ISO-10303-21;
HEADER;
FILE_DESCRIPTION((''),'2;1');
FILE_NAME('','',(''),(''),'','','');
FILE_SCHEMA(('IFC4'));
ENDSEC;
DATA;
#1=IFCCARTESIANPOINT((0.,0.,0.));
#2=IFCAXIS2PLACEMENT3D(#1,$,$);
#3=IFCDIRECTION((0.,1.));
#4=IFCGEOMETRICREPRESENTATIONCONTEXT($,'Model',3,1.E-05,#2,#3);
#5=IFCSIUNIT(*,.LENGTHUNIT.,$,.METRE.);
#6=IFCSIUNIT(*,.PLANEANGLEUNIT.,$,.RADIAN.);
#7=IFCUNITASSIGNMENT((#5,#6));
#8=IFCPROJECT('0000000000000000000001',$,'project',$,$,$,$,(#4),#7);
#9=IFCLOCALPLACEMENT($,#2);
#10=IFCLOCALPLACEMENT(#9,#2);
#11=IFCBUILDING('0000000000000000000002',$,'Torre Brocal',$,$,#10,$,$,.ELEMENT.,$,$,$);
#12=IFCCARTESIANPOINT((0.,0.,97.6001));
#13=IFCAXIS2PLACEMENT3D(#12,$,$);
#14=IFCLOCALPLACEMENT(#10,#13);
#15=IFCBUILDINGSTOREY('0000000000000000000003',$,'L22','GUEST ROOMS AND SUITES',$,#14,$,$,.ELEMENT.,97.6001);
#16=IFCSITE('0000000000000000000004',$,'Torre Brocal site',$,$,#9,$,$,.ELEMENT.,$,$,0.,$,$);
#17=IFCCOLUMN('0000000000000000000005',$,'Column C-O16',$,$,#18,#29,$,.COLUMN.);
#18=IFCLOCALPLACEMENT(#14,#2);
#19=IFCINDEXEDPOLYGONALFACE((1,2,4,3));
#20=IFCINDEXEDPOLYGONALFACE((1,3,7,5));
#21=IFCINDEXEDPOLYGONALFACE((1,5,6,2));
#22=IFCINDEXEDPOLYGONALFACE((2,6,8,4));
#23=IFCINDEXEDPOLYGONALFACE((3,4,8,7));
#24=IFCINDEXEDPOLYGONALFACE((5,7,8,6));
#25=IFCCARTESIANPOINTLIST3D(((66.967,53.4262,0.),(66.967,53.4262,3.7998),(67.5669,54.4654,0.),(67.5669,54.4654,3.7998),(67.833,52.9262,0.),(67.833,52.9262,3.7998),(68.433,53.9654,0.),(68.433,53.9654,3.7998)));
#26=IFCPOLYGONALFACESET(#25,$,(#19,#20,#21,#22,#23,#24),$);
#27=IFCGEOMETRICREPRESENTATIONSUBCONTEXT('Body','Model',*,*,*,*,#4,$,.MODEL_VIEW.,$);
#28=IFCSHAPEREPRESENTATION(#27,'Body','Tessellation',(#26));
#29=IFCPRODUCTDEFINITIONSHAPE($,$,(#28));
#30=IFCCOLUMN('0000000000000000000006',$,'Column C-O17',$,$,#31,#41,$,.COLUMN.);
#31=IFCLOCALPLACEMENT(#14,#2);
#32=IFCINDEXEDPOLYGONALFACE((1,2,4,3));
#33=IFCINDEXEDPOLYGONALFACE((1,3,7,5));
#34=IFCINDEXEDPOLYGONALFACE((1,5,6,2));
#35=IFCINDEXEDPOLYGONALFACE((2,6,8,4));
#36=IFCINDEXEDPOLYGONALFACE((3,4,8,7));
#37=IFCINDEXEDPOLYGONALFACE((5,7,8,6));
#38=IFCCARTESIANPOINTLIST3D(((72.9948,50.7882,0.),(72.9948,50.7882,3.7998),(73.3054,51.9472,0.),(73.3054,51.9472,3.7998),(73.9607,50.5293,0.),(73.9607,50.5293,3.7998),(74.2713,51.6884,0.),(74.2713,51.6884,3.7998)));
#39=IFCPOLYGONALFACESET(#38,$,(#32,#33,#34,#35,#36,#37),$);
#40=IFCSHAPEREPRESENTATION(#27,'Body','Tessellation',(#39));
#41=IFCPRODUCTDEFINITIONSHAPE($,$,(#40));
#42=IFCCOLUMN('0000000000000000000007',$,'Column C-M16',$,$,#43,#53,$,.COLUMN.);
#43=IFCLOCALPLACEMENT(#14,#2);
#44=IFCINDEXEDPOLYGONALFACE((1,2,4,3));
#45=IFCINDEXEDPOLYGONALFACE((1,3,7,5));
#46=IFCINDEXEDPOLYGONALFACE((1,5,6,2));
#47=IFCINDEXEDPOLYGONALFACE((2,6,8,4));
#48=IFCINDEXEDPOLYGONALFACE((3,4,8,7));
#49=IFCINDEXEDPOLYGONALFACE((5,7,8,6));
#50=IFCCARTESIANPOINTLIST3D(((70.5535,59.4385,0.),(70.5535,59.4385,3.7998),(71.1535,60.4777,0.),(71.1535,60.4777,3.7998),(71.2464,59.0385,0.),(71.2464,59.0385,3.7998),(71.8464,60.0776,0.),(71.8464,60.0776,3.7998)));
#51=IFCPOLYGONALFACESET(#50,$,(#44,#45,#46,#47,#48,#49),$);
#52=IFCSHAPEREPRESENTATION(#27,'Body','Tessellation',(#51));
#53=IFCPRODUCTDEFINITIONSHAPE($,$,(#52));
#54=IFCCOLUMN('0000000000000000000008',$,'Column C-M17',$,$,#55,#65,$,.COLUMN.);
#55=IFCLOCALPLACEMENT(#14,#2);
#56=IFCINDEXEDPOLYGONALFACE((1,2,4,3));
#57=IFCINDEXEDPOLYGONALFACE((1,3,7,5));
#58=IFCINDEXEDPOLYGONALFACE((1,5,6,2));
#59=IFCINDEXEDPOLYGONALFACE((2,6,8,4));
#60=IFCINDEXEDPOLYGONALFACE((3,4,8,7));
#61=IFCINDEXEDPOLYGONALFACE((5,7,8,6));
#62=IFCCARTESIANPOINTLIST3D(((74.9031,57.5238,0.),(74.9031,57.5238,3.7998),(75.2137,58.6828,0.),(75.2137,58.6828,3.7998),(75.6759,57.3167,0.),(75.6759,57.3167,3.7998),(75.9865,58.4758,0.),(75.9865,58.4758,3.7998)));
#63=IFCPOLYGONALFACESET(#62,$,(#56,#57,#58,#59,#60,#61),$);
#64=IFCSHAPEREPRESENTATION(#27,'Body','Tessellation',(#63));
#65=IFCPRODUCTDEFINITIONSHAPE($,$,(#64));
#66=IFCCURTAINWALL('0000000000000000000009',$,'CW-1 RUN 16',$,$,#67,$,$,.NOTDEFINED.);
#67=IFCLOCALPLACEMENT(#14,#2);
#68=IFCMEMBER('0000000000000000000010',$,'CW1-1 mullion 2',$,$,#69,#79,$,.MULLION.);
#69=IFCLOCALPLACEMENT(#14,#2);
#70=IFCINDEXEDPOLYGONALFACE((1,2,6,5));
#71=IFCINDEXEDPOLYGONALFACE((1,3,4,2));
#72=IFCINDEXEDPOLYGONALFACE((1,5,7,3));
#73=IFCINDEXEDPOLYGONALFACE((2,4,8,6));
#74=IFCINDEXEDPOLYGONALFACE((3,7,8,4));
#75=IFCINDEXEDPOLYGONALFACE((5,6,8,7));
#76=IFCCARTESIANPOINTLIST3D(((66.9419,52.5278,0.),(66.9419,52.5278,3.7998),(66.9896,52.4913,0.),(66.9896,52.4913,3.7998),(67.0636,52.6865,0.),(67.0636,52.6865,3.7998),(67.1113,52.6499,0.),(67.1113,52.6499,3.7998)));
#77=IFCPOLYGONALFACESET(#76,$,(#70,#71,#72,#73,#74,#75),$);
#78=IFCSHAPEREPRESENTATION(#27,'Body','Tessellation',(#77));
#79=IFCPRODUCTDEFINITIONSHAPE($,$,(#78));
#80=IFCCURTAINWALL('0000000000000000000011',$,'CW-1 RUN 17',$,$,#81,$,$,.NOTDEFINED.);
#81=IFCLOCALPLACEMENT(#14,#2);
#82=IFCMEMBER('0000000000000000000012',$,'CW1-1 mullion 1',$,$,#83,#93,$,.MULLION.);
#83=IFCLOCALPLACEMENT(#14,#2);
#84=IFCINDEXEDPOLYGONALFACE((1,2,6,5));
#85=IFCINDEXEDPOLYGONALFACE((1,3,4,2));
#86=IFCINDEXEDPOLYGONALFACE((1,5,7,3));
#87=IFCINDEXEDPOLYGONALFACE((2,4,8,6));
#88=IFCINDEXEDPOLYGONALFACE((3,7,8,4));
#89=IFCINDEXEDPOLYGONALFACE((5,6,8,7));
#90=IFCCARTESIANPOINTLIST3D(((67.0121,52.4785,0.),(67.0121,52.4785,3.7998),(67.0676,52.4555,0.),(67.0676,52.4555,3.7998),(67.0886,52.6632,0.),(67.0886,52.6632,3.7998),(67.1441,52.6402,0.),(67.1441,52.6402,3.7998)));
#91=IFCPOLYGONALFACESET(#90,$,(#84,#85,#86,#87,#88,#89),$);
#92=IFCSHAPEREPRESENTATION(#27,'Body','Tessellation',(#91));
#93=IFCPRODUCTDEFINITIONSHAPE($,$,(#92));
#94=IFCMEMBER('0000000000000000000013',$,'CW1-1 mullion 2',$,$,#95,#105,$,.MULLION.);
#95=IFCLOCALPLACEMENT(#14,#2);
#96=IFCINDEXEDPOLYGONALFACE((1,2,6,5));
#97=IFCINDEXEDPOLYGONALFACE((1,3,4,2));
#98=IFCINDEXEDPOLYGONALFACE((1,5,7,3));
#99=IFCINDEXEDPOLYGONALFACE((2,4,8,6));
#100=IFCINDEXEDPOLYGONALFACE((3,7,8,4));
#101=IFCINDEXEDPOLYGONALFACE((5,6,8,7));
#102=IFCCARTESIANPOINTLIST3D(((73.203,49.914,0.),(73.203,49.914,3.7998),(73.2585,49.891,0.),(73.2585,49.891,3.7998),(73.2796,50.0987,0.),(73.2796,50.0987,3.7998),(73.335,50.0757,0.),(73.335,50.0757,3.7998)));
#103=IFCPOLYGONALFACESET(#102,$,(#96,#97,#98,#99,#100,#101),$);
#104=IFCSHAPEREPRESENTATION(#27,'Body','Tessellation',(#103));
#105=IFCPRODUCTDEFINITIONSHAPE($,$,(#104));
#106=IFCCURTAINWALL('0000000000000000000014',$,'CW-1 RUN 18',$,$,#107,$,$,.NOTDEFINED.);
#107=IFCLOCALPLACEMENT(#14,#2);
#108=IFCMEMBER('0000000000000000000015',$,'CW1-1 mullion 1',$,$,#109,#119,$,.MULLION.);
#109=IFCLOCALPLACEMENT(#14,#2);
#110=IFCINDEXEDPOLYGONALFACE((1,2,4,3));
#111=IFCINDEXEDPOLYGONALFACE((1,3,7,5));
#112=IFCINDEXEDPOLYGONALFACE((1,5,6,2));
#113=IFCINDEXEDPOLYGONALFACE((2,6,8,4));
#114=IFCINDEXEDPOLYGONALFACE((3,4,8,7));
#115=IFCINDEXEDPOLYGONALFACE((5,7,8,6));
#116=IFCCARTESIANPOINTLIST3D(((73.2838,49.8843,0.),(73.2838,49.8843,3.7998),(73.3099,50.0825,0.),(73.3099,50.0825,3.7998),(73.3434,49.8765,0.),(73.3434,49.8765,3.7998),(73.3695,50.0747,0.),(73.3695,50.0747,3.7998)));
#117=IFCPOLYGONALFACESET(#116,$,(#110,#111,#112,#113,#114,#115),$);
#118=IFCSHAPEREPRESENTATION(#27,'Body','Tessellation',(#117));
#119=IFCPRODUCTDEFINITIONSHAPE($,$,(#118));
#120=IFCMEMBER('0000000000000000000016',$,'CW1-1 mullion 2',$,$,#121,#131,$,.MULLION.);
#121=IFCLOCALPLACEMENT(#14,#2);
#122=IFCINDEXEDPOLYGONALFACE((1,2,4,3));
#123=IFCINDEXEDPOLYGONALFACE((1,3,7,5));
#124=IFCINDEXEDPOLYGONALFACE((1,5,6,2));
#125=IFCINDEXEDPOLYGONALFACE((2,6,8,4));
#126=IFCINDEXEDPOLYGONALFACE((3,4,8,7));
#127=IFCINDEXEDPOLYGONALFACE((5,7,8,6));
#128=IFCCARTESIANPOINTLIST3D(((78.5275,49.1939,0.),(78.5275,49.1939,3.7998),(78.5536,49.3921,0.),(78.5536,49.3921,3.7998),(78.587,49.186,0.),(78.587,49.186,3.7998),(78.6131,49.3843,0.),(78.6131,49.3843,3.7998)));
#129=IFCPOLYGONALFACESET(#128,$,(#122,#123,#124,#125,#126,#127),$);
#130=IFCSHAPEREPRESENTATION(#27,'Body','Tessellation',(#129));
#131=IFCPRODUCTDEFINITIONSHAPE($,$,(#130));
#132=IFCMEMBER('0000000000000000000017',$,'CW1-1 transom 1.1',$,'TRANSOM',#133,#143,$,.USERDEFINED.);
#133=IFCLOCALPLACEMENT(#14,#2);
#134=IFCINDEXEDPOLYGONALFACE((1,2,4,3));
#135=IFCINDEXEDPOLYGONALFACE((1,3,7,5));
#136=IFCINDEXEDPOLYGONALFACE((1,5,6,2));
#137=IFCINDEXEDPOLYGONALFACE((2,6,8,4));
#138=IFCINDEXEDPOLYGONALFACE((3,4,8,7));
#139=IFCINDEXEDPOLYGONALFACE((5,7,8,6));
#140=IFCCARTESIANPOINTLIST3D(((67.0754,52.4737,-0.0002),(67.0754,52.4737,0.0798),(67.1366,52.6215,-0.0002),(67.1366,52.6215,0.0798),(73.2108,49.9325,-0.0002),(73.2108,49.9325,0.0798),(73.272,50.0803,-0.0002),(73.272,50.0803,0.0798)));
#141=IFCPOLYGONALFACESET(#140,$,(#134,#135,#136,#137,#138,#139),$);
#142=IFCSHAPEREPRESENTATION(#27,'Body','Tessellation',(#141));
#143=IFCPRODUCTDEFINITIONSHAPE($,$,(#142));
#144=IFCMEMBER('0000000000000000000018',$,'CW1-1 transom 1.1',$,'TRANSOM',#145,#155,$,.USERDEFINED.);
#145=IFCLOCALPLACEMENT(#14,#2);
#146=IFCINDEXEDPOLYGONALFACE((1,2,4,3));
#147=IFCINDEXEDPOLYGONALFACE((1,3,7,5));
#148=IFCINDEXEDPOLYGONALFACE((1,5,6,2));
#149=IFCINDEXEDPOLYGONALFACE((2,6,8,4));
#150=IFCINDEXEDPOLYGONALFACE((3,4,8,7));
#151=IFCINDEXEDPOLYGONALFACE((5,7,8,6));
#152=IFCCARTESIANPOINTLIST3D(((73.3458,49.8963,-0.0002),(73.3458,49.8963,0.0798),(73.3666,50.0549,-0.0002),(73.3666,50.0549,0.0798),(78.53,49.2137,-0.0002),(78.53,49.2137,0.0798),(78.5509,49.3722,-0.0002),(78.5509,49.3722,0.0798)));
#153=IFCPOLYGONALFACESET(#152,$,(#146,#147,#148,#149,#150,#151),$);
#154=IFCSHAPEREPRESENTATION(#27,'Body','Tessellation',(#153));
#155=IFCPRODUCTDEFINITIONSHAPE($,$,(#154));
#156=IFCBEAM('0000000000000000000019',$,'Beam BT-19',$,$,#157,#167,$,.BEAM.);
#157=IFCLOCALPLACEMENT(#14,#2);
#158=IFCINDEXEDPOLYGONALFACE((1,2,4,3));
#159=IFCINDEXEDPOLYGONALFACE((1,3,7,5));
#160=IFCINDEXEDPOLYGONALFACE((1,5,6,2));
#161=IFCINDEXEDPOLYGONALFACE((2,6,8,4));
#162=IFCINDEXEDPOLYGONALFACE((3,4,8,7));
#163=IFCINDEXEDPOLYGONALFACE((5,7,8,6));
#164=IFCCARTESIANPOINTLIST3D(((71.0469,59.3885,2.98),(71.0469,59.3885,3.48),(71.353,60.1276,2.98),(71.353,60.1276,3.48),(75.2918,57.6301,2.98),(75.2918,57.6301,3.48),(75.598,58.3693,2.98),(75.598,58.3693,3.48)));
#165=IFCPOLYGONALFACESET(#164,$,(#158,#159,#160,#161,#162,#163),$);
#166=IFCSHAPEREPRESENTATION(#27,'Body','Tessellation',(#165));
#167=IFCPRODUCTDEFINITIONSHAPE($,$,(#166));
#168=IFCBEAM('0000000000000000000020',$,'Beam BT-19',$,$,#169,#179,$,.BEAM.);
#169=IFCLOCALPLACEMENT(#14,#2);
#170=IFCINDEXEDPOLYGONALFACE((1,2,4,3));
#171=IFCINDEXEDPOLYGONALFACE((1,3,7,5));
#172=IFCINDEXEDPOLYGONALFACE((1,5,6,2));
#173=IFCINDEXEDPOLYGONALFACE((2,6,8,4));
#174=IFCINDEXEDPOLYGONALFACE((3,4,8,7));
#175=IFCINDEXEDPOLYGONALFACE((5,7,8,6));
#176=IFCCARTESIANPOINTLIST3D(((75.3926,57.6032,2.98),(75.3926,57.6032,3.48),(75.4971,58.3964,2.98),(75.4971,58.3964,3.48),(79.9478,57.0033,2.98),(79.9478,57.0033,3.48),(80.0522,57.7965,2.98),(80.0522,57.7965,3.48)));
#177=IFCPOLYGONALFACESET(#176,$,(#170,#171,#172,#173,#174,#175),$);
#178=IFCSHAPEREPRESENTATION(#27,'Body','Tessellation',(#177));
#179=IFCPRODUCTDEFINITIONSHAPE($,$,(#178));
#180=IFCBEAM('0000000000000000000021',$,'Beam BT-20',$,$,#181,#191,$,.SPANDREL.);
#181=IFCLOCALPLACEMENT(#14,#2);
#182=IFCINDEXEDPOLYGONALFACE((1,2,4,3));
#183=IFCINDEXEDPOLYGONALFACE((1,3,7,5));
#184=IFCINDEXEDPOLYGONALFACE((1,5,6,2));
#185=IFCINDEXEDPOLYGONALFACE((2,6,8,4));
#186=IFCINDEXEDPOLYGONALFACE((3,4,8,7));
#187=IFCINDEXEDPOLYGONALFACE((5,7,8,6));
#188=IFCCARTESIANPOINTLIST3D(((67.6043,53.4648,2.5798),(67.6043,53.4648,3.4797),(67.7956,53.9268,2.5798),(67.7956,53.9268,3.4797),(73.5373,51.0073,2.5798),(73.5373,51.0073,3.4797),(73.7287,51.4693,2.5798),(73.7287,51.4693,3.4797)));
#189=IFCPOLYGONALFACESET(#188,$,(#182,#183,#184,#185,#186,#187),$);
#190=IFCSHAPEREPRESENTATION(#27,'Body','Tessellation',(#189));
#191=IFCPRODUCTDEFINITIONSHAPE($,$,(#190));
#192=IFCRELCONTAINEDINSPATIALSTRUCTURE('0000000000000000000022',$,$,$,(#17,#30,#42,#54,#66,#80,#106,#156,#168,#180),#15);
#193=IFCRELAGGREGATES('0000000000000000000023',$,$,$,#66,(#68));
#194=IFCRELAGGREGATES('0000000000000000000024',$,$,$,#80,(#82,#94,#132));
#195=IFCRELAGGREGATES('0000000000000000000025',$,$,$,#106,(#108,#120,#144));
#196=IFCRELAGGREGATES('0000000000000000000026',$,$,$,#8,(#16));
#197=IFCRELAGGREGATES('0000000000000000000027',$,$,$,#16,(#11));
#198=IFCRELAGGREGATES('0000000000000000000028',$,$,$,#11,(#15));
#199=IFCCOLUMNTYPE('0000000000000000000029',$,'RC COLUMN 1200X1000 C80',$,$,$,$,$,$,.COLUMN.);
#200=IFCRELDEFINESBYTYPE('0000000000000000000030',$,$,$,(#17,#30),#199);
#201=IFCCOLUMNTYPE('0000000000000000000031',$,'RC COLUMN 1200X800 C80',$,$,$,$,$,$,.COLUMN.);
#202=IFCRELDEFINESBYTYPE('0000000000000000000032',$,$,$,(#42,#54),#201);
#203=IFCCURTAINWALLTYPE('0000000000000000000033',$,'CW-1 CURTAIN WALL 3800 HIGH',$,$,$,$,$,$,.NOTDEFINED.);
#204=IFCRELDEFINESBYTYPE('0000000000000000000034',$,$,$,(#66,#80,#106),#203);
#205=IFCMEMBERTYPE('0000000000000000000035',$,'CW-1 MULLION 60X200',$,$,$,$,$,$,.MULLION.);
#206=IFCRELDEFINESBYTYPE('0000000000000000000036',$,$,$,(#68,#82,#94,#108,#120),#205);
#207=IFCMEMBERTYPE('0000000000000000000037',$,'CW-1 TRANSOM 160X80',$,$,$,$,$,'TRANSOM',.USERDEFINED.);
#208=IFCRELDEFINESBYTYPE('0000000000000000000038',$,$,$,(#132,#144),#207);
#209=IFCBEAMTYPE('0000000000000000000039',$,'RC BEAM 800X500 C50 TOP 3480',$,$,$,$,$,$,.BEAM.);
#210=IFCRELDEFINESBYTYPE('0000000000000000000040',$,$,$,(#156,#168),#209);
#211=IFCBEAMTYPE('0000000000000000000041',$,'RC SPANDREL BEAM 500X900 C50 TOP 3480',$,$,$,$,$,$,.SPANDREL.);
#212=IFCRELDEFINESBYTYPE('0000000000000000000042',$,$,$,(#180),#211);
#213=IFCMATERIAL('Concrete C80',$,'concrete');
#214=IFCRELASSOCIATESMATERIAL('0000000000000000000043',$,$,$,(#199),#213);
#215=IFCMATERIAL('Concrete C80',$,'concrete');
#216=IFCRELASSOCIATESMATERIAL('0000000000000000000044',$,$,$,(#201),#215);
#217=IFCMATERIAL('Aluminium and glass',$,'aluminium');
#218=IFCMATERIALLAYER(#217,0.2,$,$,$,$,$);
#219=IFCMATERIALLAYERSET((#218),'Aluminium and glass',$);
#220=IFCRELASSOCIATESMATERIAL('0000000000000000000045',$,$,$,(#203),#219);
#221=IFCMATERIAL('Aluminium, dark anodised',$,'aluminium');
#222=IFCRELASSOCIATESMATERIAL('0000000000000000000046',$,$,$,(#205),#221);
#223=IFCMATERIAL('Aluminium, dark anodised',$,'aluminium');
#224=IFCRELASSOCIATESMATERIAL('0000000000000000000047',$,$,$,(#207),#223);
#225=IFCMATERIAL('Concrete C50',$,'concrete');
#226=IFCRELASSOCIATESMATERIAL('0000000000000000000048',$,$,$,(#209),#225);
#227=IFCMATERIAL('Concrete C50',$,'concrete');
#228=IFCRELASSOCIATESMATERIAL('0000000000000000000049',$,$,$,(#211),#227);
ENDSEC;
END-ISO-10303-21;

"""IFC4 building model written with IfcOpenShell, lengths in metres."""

from ifc_helpers import new_model, si_unit, direction, frame, origin, origin_2d, place, context, subcontext, project, spatial, rectangle, extrude, material, layer, layer_set, material_profile, profile_set, type_object, element, aggregate, save


model = new_model("IFC4")

# Units and contexts
model_context = context("Model", 3, precision=1e-05, world=origin(), true_north=direction((0.0, 1.0)))
body_context = subcontext(model_context, "Body", "Model", "MODEL_VIEW")
ifc_project = project(units=[si_unit("LENGTHUNIT", "METRE"), si_unit("PLANEANGLEUNIT", "RADIAN")], contexts=[model_context])

# Site, building, storey
site_placement = place(None, origin())
site = spatial("IfcSite", under=ifc_project, at=site_placement, Name="Torre Brocal site", CompositionType="ELEMENT", RefElevation=0.0)
building_placement = place(site_placement, origin())
building = spatial("IfcBuilding", under=site, at=building_placement, Name="Torre Brocal", CompositionType="ELEMENT")
storey_placement = place(building_placement, frame((0.0, 0.0, 97.6001)))
storey = spatial("IfcBuildingStorey", under=building, at=storey_placement, Name="L22", Description="GUEST ROOMS AND SUITES", CompositionType="ELEMENT", Elevation=97.6001)

# Columns
ifc_material_1 = material(Name="Concrete C80", Category="concrete")
ifc_material_profile_1 = material_profile(ifc_material_1, rectangle(XDim=1.2, YDim=1.0, at=origin_2d()), Name="RC 1200X1000")
ifc_profile_set_1 = profile_set([ifc_material_profile_1], Name="Concrete C80")
column_type_1 = type_object("IfcColumnType", Name="RC COLUMN 1200X1000 C80", PredefinedType="COLUMN", material=ifc_profile_set_1)
for number, where, z_axis, x_axis, name in (
    (1, (67.7, 53.6958, 0.0), (0.0, 0.0, 1.0), (-0.5, -0.866025, 0.0), "Column C-O16"),
    (2, (73.6331, 51.2383, 0.0), (0.0, 0.0, 1.0), (-0.258819, -0.965926, 0.0), "Column C-O17"),
):
    element("IfcColumn", number, at=place(storey_placement, frame(where, z_axis=z_axis, x_axis=x_axis)), inside=storey, type_object=column_type_1, Name=name, PredefinedType="COLUMN", context=body_context, shape_type="SweptSolid", body=[
        extrude(rectangle(XDim=1.2, YDim=1.0, at=origin_2d()), origin(), (0.0, 0.0, 1.0), 3.7998),
    ])
ifc_material_2 = material(Name="Concrete C80", Category="concrete")
ifc_material_profile_2 = material_profile(ifc_material_2, rectangle(XDim=1.2, YDim=0.8, at=origin_2d()), Name="RC 1200X800")
ifc_profile_set_2 = profile_set([ifc_material_profile_2], Name="Concrete C80")
column_type_2 = type_object("IfcColumnType", Name="RC COLUMN 1200X800 C80", PredefinedType="COLUMN", material=ifc_profile_set_2)
for number, where, z_axis, x_axis, name in (
    (3, (71.2, 59.7581, 0.0), (0.0, 0.0, 1.0), (-0.5, -0.866025, 0.0), "Column C-M16"),
    (4, (75.4448, 57.9998, 0.0), (0.0, 0.0, 1.0), (-0.258819, -0.965926, 0.0), "Column C-M17"),
):
    element("IfcColumn", number, at=place(storey_placement, frame(where, z_axis=z_axis, x_axis=x_axis)), inside=storey, type_object=column_type_2, Name=name, PredefinedType="COLUMN", context=body_context, shape_type="SweptSolid", body=[
        extrude(rectangle(XDim=1.2, YDim=0.8, at=origin_2d()), origin(), (0.0, 0.0, 1.0), 3.7998),
    ])

# Curtain wall, member
ifc_material_3 = material(Name="Aluminium and glass", Category="aluminium")
ifc_layer_1 = layer(ifc_material_3, 0.2)
ifc_layer_set_1 = layer_set([ifc_layer_1], Name="Aluminium and glass")
curtain_wall_type = type_object("IfcCurtainWallType", Name="CW-1 CURTAIN WALL 3800 HIGH", PredefinedType="NOTDEFINED", material=ifc_layer_set_1)
curtain_wall_1_placement = place(storey_placement, origin())
curtain_wall_1 = element("IfcCurtainWall", 5, at=curtain_wall_1_placement, inside=storey, type_object=curtain_wall_type, Name="CW-1 RUN 16", PredefinedType="NOTDEFINED")
ifc_material_4 = material(Name="Aluminium, dark anodised", Category="aluminium")
ifc_material_profile_3 = material_profile(ifc_material_4, rectangle(XDim=0.2, YDim=0.0601, at=origin_2d()), Name="CW-1 MULLION 60X200")
ifc_profile_set_3 = profile_set([ifc_material_profile_3], Name="Aluminium, dark anodised")
member_type_1 = type_object("IfcMemberType", Name="CW-1 MULLION 60X200", PredefinedType="MULLION", material=ifc_profile_set_3)
member_1_placement = place(storey_placement, frame((67.0266, 52.5889, 0.0), z_axis=(0.0, 0.0, 1.0), x_axis=(0.608761, 0.793353, 0.0)))
member_1 = element("IfcMember", 6, at=member_1_placement, type_object=member_type_1, Name="CW1-1 mullion 2", PredefinedType="MULLION", context=body_context, shape_type="SweptSolid", body=[
    extrude(rectangle(XDim=0.2, YDim=0.0601, at=origin_2d()), origin(), (0.0, 0.0, 1.0), 3.7998),
])
aggregate(curtain_wall_1, [member_1])

# Curtain walls, members
curtain_wall_2_placement = place(storey_placement, origin())
curtain_wall_2 = element("IfcCurtainWall", 7, at=curtain_wall_2_placement, inside=storey, type_object=curtain_wall_type, Name="CW-1 RUN 17", PredefinedType="NOTDEFINED")
member_2_placement = place(storey_placement, frame((67.0781, 52.5593, 0.0), z_axis=(0.0, 0.0, 1.0), x_axis=(0.382683, 0.92388, 0.0)))
member_2 = element("IfcMember", 8, at=member_2_placement, type_object=member_type_1, Name="CW1-1 mullion 1", PredefinedType="MULLION", context=body_context, shape_type="SweptSolid", body=[
    extrude(rectangle(XDim=0.2, YDim=0.0601, at=origin_2d()), origin(), (0.0, 0.0, 1.0), 3.7998),
])
member_3_placement = place(storey_placement, frame((73.269, 49.9949, 0.0), z_axis=(0.0, 0.0, 1.0), x_axis=(0.382683, 0.92388, 0.0)))
member_3 = element("IfcMember", 9, at=member_3_placement, type_object=member_type_1, Name="CW1-1 mullion 2", PredefinedType="MULLION", context=body_context, shape_type="SweptSolid", body=[
    extrude(rectangle(XDim=0.2, YDim=0.0601, at=origin_2d()), origin(), (0.0, 0.0, 1.0), 3.7998),
])
curtain_wall_3_placement = place(storey_placement, origin())
curtain_wall_3 = element("IfcCurtainWall", 10, at=curtain_wall_3_placement, inside=storey, type_object=curtain_wall_type, Name="CW-1 RUN 18", PredefinedType="NOTDEFINED")
member_4_placement = place(storey_placement, frame((73.3267, 49.9795, 0.0), z_axis=(0.0, 0.0, 1.0), x_axis=(0.130526, 0.991445, 0.0)))
member_4 = element("IfcMember", 11, at=member_4_placement, type_object=member_type_1, Name="CW1-1 mullion 1", PredefinedType="MULLION", context=body_context, shape_type="SweptSolid", body=[
    extrude(rectangle(XDim=0.2, YDim=0.0601, at=origin_2d()), origin(), (0.0, 0.0, 1.0), 3.7998),
])
member_5_placement = place(storey_placement, frame((78.5703, 49.2891, 0.0), z_axis=(0.0, 0.0, 1.0), x_axis=(0.130526, 0.991445, 0.0)))
member_5 = element("IfcMember", 12, at=member_5_placement, type_object=member_type_1, Name="CW1-1 mullion 2", PredefinedType="MULLION", context=body_context, shape_type="SweptSolid", body=[
    extrude(rectangle(XDim=0.2, YDim=0.0601, at=origin_2d()), origin(), (0.0, 0.0, 1.0), 3.7998),
])

# Members
ifc_material_5 = material(Name="Aluminium, dark anodised", Category="aluminium")
ifc_material_profile_4 = material_profile(ifc_material_5, rectangle(XDim=0.1599, YDim=0.0801, at=origin_2d()), Name="CW-1 TRANSOM 160X80")
ifc_profile_set_4 = profile_set([ifc_material_profile_4], Name="Aluminium, dark anodised")
member_type_2 = type_object("IfcMemberType", Name="CW-1 TRANSOM 160X80", ElementType="TRANSOM", PredefinedType="USERDEFINED", material=ifc_profile_set_4)
member_6_placement = place(storey_placement, frame((67.106, 52.5476, 0.0398), z_axis=(0.923887, -0.382665, 0.0), x_axis=(0.382665, 0.923887, 0.0)))
member_6 = element("IfcMember", 13, at=member_6_placement, type_object=member_type_2, Name="CW1-1 transom 1.1", ObjectType="TRANSOM", PredefinedType="USERDEFINED", context=body_context, shape_type="SweptSolid", body=[
    extrude(rectangle(XDim=0.1599, YDim=0.0801, at=origin_2d()), origin(), (0.0, 0.0, 1.0), 6.6409),
])
member_7_placement = place(storey_placement, frame((73.3562, 49.9756, 0.0398), z_axis=(0.991443, -0.130543, 0.0), x_axis=(0.130543, 0.991443, 0.0)))
member_7 = element("IfcMember", 14, at=member_7_placement, type_object=member_type_2, Name="CW1-1 transom 1.1", ObjectType="TRANSOM", PredefinedType="USERDEFINED", context=body_context, shape_type="SweptSolid", body=[
    extrude(rectangle(XDim=0.1599, YDim=0.0801, at=origin_2d()), origin(), (0.0, 0.0, 1.0), 5.229),
])

# Beams
ifc_material_6 = material(Name="Concrete C50", Category="concrete")
ifc_material_profile_5 = material_profile(ifc_material_6, rectangle(XDim=0.8, YDim=0.5, at=origin_2d()), Name="RC 800X500")
ifc_profile_set_5 = profile_set([ifc_material_profile_5], Name="Concrete C50")
beam_type_1 = type_object("IfcBeamType", Name="RC BEAM 800X500 C50 TOP 3480", PredefinedType="BEAM", material=ifc_profile_set_5)
beam_1_placement = place(storey_placement, frame((71.2, 59.7581, 3.23), z_axis=(0.923878, -0.382687, 0.0), x_axis=(0.382687, 0.923878, 0.0)))
element("IfcBeam", 15, at=beam_1_placement, inside=storey, type_object=beam_type_1, Name="Beam BT-19", PredefinedType="BEAM", context=body_context, shape_type="SweptSolid", body=[
    extrude(rectangle(XDim=0.8, YDim=0.5, at=origin_2d()), origin(), (0.0, 0.0, 1.0), 4.5947),
])
beam_2_placement = place(storey_placement, frame((75.4448, 57.9998, 3.23), z_axis=(0.991441, -0.130559, 0.0), x_axis=(0.130559, 0.991441, 0.0)))
element("IfcBeam", 16, at=beam_2_placement, inside=storey, type_object=beam_type_1, Name="Beam BT-19", PredefinedType="BEAM", context=body_context, shape_type="SweptSolid", body=[
    extrude(rectangle(XDim=0.8, YDim=0.5, at=origin_2d()), origin(), (0.0, 0.0, 1.0), 4.5945),
])
ifc_material_7 = material(Name="Concrete C50", Category="concrete")
ifc_material_profile_6 = material_profile(ifc_material_7, rectangle(XDim=0.5, YDim=0.8999, at=origin_2d()), Name="RC 500X900")
ifc_profile_set_6 = profile_set([ifc_material_profile_6], Name="Concrete C50")
beam_type_2 = type_object("IfcBeamType", Name="RC SPANDREL BEAM 500X900 C50 TOP 3480", PredefinedType="SPANDREL", material=ifc_profile_set_6)
beam_3_placement = place(storey_placement, frame((67.7, 53.6958, 3.0298), z_axis=(0.923882, -0.382676, 0.0), x_axis=(0.382676, 0.923882, 0.0)))
element("IfcBeam", 17, at=beam_3_placement, inside=storey, type_object=beam_type_2, Name="Beam BT-20", PredefinedType="SPANDREL", context=body_context, shape_type="SweptSolid", body=[
    extrude(rectangle(XDim=0.5, YDim=0.8999, at=origin_2d()), origin(), (0.0, 0.0, 1.0), 6.4219),
])

aggregate(curtain_wall_2, [member_2, member_3, member_6])
aggregate(curtain_wall_3, [member_4, member_5, member_7])

save(model, "model.ifc")
